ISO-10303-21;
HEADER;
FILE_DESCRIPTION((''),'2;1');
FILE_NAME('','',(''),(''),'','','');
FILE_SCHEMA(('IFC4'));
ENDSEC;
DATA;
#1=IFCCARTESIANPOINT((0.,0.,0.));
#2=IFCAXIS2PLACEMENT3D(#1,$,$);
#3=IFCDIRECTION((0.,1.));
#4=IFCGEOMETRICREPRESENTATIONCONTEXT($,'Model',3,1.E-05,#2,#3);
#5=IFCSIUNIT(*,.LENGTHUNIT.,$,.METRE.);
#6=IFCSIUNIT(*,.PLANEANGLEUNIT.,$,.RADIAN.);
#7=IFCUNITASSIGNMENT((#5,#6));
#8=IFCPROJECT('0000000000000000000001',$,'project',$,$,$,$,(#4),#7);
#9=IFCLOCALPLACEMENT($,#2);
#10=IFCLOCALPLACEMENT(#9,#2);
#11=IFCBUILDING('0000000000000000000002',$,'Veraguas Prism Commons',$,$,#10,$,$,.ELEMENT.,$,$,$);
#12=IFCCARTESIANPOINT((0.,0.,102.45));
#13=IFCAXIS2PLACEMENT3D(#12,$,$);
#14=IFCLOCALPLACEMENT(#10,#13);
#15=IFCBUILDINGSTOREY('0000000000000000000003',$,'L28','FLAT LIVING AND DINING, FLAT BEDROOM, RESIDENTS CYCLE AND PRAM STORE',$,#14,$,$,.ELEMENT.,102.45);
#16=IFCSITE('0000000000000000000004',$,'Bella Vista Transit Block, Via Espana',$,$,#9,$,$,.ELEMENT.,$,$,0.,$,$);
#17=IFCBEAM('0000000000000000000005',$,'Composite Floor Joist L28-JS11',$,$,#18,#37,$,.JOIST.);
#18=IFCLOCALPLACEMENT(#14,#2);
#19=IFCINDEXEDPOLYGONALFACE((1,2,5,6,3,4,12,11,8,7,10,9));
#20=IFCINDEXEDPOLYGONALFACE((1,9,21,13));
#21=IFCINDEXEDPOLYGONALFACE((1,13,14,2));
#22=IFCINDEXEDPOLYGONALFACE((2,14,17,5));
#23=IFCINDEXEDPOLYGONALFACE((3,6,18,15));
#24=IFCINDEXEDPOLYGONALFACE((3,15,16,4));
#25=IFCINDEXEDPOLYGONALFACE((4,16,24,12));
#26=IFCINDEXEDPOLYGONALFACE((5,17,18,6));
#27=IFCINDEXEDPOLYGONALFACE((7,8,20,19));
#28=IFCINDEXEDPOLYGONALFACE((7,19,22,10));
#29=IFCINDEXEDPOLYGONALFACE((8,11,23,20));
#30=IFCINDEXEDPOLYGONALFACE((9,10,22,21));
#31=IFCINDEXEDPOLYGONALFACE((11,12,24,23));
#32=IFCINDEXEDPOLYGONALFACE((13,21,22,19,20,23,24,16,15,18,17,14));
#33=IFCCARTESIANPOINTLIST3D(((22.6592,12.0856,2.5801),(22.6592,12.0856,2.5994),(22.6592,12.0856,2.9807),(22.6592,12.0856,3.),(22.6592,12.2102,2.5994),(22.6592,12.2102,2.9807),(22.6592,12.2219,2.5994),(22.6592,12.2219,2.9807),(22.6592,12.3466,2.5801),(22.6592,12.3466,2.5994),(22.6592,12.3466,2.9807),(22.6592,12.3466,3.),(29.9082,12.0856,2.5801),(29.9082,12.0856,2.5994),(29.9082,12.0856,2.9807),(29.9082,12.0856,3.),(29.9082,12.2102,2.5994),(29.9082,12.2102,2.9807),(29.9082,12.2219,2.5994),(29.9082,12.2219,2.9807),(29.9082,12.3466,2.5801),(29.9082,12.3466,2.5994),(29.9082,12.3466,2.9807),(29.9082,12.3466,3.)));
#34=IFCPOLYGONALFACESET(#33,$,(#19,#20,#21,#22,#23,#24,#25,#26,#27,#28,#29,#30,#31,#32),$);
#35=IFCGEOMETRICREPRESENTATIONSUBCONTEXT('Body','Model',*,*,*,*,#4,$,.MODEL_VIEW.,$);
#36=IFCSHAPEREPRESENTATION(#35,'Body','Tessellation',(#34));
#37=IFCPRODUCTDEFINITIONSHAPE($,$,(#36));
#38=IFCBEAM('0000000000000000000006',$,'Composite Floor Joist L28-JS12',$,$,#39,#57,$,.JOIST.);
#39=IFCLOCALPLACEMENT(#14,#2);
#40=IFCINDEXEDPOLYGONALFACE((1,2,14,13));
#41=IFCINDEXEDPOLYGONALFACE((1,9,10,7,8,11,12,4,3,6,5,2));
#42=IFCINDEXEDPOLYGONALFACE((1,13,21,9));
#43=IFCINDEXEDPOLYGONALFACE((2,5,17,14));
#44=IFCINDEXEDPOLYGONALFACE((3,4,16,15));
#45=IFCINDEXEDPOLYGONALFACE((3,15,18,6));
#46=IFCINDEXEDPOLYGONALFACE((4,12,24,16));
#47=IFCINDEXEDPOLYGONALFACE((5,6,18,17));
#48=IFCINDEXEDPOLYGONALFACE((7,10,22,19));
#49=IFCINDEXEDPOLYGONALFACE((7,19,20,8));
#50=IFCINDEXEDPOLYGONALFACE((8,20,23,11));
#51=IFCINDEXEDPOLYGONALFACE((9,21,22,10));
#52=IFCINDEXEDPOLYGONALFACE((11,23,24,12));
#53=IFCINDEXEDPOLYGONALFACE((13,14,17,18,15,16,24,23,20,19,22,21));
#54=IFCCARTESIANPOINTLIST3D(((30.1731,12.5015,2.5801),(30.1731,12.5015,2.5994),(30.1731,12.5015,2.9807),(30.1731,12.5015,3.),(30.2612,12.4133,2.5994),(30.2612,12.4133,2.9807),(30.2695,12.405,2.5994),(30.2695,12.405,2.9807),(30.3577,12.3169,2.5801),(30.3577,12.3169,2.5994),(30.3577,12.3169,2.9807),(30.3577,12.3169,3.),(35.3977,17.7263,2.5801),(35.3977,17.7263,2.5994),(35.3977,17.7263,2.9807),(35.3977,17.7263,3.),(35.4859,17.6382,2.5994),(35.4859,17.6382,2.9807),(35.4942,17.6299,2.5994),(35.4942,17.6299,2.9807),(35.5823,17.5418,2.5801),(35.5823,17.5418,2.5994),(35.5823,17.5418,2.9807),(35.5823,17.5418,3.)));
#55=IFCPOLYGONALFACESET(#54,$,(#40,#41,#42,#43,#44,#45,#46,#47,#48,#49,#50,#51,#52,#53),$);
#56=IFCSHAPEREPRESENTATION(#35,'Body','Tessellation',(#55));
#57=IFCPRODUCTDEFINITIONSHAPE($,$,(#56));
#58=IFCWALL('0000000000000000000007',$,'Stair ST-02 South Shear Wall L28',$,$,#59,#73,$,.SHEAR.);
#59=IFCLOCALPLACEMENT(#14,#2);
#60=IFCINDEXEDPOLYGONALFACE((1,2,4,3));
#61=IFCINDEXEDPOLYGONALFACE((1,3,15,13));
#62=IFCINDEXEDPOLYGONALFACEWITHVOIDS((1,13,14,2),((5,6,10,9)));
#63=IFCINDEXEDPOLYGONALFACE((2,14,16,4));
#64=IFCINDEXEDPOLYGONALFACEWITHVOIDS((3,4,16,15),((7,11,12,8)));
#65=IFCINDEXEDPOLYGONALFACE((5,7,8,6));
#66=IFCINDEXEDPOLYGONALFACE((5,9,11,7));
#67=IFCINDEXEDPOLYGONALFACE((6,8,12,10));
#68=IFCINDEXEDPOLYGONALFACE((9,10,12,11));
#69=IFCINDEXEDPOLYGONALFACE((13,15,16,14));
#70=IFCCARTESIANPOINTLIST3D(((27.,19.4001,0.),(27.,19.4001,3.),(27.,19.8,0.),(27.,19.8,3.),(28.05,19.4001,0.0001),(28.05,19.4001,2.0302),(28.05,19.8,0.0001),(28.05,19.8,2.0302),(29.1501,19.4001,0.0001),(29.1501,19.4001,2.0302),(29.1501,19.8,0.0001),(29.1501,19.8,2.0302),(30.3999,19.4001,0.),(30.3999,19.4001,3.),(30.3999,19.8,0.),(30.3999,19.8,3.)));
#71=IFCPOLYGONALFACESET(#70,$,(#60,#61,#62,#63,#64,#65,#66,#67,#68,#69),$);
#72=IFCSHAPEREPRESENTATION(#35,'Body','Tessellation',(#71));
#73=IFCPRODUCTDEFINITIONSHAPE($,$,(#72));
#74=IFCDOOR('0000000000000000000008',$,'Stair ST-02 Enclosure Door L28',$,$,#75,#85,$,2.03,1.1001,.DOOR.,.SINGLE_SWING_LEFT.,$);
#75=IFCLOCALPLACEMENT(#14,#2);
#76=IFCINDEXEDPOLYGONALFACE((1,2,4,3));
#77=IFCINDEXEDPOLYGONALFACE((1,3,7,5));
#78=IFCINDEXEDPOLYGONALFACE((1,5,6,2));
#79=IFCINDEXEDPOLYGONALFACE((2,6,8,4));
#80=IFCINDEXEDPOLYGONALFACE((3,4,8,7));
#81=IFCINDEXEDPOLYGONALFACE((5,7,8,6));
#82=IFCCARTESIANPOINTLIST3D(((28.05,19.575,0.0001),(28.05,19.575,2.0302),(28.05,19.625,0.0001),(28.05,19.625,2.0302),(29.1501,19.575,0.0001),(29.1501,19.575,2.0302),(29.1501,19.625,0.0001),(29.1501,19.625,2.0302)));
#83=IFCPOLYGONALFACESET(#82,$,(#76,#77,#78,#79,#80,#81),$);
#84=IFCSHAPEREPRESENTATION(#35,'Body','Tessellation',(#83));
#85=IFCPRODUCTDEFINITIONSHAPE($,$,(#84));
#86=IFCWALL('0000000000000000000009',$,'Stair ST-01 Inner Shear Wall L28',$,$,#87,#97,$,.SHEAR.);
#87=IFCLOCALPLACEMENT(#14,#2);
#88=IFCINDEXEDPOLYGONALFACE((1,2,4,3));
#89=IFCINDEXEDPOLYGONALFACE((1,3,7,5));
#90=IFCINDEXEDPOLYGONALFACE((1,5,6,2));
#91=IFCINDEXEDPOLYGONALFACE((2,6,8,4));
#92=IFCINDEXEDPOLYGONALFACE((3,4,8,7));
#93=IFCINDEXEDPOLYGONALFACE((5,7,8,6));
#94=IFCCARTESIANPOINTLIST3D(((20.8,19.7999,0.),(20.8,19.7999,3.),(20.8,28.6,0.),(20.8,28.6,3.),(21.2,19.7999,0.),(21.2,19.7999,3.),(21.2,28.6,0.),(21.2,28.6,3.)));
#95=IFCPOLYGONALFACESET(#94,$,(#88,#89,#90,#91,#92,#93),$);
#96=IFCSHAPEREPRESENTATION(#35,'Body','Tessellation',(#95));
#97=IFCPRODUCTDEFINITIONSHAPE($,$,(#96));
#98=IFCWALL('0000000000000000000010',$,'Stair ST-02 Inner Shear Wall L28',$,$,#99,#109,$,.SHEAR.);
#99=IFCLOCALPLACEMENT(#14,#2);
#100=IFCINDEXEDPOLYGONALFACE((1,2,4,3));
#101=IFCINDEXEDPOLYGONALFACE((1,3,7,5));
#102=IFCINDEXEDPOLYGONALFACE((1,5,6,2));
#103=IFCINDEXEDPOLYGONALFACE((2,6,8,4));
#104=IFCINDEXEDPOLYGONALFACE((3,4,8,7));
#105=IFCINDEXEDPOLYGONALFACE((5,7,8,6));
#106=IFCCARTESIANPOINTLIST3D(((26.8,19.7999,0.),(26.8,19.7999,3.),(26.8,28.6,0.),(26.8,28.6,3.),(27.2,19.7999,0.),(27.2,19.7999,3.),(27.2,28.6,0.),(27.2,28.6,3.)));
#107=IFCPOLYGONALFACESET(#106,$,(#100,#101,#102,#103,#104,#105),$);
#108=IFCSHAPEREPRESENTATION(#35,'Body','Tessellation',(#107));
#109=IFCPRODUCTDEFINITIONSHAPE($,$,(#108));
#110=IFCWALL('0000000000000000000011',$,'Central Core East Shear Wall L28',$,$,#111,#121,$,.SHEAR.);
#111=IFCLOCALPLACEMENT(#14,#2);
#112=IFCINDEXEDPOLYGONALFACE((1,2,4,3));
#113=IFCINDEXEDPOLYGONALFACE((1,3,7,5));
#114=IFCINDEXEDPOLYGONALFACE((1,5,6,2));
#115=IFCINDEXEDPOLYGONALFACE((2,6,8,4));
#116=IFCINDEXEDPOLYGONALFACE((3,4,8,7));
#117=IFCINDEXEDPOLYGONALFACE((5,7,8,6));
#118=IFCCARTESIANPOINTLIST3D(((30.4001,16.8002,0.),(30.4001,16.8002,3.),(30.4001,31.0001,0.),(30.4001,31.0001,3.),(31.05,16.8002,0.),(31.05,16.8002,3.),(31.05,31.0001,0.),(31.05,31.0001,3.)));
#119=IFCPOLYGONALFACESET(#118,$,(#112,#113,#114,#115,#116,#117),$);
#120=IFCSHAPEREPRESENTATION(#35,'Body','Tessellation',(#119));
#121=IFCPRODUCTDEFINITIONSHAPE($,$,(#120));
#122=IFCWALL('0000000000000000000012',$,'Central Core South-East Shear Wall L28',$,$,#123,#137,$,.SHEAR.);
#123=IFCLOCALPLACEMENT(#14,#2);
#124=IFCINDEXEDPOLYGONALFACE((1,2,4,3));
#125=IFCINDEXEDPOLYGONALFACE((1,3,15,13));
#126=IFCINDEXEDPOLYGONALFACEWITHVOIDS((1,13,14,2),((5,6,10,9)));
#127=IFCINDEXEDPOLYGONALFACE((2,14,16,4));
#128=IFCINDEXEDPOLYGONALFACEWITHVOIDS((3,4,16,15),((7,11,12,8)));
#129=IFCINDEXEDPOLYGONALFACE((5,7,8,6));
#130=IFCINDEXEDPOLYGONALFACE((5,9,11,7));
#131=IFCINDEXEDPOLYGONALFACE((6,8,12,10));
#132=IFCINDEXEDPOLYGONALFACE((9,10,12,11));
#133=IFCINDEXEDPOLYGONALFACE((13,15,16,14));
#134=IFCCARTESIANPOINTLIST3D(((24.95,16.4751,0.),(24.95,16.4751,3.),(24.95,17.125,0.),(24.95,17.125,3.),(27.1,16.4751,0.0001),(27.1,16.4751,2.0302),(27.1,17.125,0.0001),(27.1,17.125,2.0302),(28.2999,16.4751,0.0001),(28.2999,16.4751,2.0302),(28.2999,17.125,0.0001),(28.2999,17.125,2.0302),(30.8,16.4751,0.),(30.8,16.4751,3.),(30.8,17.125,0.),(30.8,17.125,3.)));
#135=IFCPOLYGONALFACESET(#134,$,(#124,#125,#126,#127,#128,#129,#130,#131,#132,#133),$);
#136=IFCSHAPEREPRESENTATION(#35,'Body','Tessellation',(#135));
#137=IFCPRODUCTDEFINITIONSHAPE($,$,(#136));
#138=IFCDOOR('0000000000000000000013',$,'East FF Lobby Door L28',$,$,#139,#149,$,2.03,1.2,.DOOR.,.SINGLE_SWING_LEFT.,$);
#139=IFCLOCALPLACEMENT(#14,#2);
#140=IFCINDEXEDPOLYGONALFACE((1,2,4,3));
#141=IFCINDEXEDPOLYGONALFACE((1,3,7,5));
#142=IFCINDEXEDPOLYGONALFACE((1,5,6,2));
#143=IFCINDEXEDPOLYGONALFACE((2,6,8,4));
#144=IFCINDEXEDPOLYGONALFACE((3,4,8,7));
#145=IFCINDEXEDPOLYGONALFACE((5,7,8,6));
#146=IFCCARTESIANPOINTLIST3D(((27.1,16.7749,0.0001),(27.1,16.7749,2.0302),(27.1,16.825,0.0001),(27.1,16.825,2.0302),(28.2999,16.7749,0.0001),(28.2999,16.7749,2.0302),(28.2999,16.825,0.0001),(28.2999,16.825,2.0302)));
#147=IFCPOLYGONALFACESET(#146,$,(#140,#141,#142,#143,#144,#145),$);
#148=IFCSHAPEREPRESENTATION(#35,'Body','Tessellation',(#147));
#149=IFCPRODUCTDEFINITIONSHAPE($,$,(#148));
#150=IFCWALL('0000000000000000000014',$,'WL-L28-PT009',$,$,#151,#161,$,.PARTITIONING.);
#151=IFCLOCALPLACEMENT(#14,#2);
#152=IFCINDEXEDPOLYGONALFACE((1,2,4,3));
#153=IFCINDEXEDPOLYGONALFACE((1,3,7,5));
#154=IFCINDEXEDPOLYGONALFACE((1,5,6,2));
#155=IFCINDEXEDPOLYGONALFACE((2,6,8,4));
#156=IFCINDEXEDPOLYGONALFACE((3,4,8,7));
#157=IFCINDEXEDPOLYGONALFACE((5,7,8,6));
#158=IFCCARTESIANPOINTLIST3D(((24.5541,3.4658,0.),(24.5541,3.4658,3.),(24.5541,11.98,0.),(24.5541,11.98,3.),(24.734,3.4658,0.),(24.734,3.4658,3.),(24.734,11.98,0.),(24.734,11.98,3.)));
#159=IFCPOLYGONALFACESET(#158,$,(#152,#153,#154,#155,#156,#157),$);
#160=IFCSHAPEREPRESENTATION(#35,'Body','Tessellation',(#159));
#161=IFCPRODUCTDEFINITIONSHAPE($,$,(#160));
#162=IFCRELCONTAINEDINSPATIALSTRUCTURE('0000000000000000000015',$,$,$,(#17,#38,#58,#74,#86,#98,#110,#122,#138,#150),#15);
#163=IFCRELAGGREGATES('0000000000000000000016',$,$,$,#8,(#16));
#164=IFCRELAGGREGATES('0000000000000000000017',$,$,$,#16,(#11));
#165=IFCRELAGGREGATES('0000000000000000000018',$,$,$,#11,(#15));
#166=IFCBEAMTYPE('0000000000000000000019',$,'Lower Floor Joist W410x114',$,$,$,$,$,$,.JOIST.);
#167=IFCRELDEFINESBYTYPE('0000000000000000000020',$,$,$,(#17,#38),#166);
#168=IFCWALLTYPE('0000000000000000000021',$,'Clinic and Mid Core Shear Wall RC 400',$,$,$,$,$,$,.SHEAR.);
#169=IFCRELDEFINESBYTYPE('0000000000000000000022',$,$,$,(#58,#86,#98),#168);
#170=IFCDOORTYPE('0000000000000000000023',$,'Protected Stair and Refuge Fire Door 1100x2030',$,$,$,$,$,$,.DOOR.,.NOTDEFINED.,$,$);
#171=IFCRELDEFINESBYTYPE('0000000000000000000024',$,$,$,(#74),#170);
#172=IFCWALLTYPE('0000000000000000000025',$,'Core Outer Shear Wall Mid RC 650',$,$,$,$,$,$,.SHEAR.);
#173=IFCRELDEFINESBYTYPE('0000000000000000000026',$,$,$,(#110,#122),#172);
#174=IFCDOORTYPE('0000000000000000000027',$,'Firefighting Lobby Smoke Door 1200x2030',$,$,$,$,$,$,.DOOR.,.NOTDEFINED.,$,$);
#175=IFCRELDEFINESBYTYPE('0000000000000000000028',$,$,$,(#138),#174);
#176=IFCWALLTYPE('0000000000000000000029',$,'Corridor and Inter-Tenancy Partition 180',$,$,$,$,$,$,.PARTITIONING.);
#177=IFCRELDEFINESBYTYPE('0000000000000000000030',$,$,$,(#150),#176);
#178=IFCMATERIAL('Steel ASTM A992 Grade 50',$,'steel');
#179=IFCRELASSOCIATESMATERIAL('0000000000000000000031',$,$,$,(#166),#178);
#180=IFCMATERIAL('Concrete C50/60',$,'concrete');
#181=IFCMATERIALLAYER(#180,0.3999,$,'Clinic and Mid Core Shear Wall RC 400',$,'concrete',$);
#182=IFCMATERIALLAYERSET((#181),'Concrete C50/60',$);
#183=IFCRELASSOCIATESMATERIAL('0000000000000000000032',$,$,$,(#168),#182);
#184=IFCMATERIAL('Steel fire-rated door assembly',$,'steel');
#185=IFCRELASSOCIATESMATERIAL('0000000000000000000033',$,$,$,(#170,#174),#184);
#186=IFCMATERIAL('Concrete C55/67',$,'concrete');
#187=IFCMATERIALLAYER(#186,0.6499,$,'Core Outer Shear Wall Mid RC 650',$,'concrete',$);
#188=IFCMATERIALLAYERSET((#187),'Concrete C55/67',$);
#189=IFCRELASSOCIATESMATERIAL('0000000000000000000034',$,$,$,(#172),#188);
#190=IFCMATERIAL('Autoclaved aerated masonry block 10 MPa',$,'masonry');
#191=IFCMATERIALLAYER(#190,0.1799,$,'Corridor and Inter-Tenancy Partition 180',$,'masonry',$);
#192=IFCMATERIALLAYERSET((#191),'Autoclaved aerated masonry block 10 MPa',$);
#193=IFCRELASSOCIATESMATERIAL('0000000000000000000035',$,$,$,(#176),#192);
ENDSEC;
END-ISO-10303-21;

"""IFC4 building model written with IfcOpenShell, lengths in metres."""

from ifc_helpers import new_model, si_unit, direction, frame, frame_2d, origin, origin_2d, place, context, subcontext, project, spatial, rectangle, i_section, extrude, source, transform, mapped, material, layer, layer_set, material_profile, profile_set, type_object, element, fill, save


model = new_model("IFC4")

# Units and contexts
model_context = context("Model", 3, precision=1e-05, world=origin(), true_north=direction((0.0, 1.0)))
body_context = subcontext(model_context, "Body", "Model", "MODEL_VIEW")
ifc_project = project(units=[si_unit("LENGTHUNIT", "METRE"), si_unit("PLANEANGLEUNIT", "RADIAN")], contexts=[model_context])

# Site, building, storey
site_placement = place(None, origin())
site = spatial("IfcSite", under=ifc_project, at=site_placement, Name="Bella Vista Transit Block, Via Espana", CompositionType="ELEMENT", RefElevation=0.0)
building_placement = place(site_placement, origin())
building = spatial("IfcBuilding", under=site, at=building_placement, Name="Veraguas Prism Commons", CompositionType="ELEMENT")
storey_placement = place(building_placement, frame((0.0, 0.0, 102.45)))
storey = spatial("IfcBuildingStorey", under=building, at=storey_placement, Name="L28", Description="FLAT LIVING AND DINING, FLAT BEDROOM, RESIDENTS CYCLE AND PRAM STORE", CompositionType="ELEMENT", Elevation=102.45)

# Beams
ifc_material_1 = material(Name="Steel ASTM A992 Grade 50", Category="steel")
ifc_material_profile = material_profile(ifc_material_1, i_section(OverallWidth=0.261, OverallDepth=0.4199, WebThickness=0.0117, FlangeThickness=0.0193, at=origin_2d()), Name="W410X114")
ifc_profile_set = profile_set([ifc_material_profile], Name="Steel ASTM A992 Grade 50")
beam_type = type_object("IfcBeamType", Name="Lower Floor Joist W410x114", PredefinedType="JOIST", material=ifc_profile_set)
beam_1_placement = place(storey_placement, frame((22.6592, 12.2161, 2.79), z_axis=(1.0, 0.0, 0.0), x_axis=(0.0, 1.0, 0.0)))
element("IfcBeam", 1, at=beam_1_placement, inside=storey, type_object=beam_type, Name="Composite Floor Joist L28-JS11", PredefinedType="JOIST", context=body_context, shape_type="SweptSolid", body=[
    extrude(i_section(OverallWidth=0.261, OverallDepth=0.4199, WebThickness=0.0117, FlangeThickness=0.0193, at=origin_2d()), origin(), (0.0, 0.0, 1.0), 7.249),
])
beam_2_placement = place(storey_placement, frame((30.2654, 12.4092, 2.79), z_axis=(0.70709, 0.707123, 0.0), x_axis=(-0.707123, 0.70709, 0.0)))
element("IfcBeam", 2, at=beam_2_placement, inside=storey, type_object=beam_type, Name="Composite Floor Joist L28-JS12", PredefinedType="JOIST", context=body_context, shape_type="SweptSolid", body=[
    extrude(i_section(OverallWidth=0.261, OverallDepth=0.4199, WebThickness=0.0117, FlangeThickness=0.0193, at=origin_2d()), origin(), (0.0, 0.0, 1.0), 7.3889),
])

# Wall, opening, door
ifc_material_2 = material(Name="Concrete C50/60", Category="concrete")
ifc_layer_1 = layer(ifc_material_2, 0.3999, Name="Clinic and Mid Core Shear Wall RC 400", Category="concrete")
ifc_layer_set_1 = layer_set([ifc_layer_1], Name="Concrete C50/60")
wall_type_1 = type_object("IfcWallType", Name="Clinic and Mid Core Shear Wall RC 400", PredefinedType="SHEAR", material=ifc_layer_set_1)
wall_1_placement = place(storey_placement, frame((27.0, 19.6001, 0.0), z_axis=(0.0, 0.0, 1.0), x_axis=(1.0, 0.0, 0.0)))
wall_1 = element("IfcWall", 3, at=wall_1_placement, inside=storey, type_object=wall_type_1, Name="Stair ST-02 South Shear Wall L28", PredefinedType="SHEAR", context=body_context, shape_type="SweptSolid", body=[
    extrude(rectangle(XDim=3.3999, YDim=0.3999, at=frame_2d((1.7, 0.0))), origin(), (0.0, 0.0, 1.0), 3.0),
])
opening_1_placement = place(wall_1_placement, frame((1.05, 0.0, 0.0)))
opening_1 = element("IfcOpeningElement", 4, at=opening_1_placement, cuts=wall_1, PredefinedType="OPENING", context=body_context, shape_type="SweptSolid", body=[
    extrude(rectangle(XDim=1.1001, YDim=2.03, at=frame_2d((0.55, 1.0151))), frame((0.0, 0.21, 0.0), z_axis=(0.0, -1.0, 0.0), x_axis=(1.0, 0.0, 0.0)), (0.0, 0.0, 1.0), 0.4199),
])
ifc_material_3 = material(Name="Steel fire-rated door assembly", Category="steel")
door_type_1 = type_object("IfcDoorType", Name="Protected Stair and Refuge Fire Door 1100x2030", OperationType="NOTDEFINED", PredefinedType="DOOR", material=ifc_material_3)
shared_shape_1 = source(origin(), body_context, "Body", "SweptSolid", [
    extrude(rectangle(XDim=1.1001, YDim=2.03, at=frame_2d((0.55, 1.0151))), frame((0.0, 0.0249, 0.0), z_axis=(0.0, -1.0, 0.0), x_axis=(1.0, 0.0, 0.0)), (0.0, 0.0, 1.0), 0.05),
])
door_1_placement = place(opening_1_placement, origin())
door_1 = element("IfcDoor", 5, at=door_1_placement, inside=storey, type_object=door_type_1, Name="Stair ST-02 Enclosure Door L28", OperationType="SINGLE_SWING_LEFT", OverallHeight=2.03, OverallWidth=1.1001, PredefinedType="DOOR", context=body_context, shape_type="MappedRepresentation", body=[
    mapped(shared_shape_1, transform((0.0, 0.0, 0.0), scale=1.0)),
])
fill(opening_1, door_1)

# Walls
for number, where, z_axis, x_axis, name in (
    (6, (21.0, 19.8, 0.0), (0.0, 0.0, 1.0), (0.0, 1.0, 0.0), "Stair ST-01 Inner Shear Wall L28"),
    (7, (27.0, 19.8, 0.0), (0.0, 0.0, 1.0), (0.0, 1.0, 0.0), "Stair ST-02 Inner Shear Wall L28"),
):
    element("IfcWall", number, at=place(storey_placement, frame(where, z_axis=z_axis, x_axis=x_axis)), inside=storey, type_object=wall_type_1, Name=name, PredefinedType="SHEAR", context=body_context, shape_type="SweptSolid", body=[
        extrude(rectangle(XDim=8.8, YDim=0.3999, at=frame_2d((4.3999, 0.0))), origin(), (0.0, 0.0, 1.0), 3.0),
    ])
ifc_material_4 = material(Name="Concrete C55/67", Category="concrete")
ifc_layer_2 = layer(ifc_material_4, 0.6499, Name="Core Outer Shear Wall Mid RC 650", Category="concrete")
ifc_layer_set_2 = layer_set([ifc_layer_2], Name="Concrete C55/67")
wall_type_2 = type_object("IfcWallType", Name="Core Outer Shear Wall Mid RC 650", PredefinedType="SHEAR", material=ifc_layer_set_2)
wall_2_placement = place(storey_placement, frame((30.7251, 16.8, 0.0), z_axis=(0.0, 0.0, 1.0), x_axis=(0.0, 1.0, 0.0)))
element("IfcWall", 8, at=wall_2_placement, inside=storey, type_object=wall_type_2, Name="Central Core East Shear Wall L28", PredefinedType="SHEAR", context=body_context, shape_type="SweptSolid", body=[
    extrude(rectangle(XDim=14.2, YDim=0.6499, at=frame_2d((7.1001, 0.0))), origin(), (0.0, 0.0, 1.0), 3.0),
])

# Wall, opening, door
wall_3_placement = place(storey_placement, frame((24.95, 16.8, 0.0), z_axis=(0.0, 0.0, 1.0), x_axis=(1.0, 0.0, 0.0)))
wall_3 = element("IfcWall", 9, at=wall_3_placement, inside=storey, type_object=wall_type_2, Name="Central Core South-East Shear Wall L28", PredefinedType="SHEAR", context=body_context, shape_type="SweptSolid", body=[
    extrude(rectangle(XDim=5.8501, YDim=0.6499, at=frame_2d((2.925, 0.0))), origin(), (0.0, 0.0, 1.0), 3.0),
])
opening_2_placement = place(wall_3_placement, frame((2.1499, 0.0, 0.0)))
opening_2 = element("IfcOpeningElement", 10, at=opening_2_placement, cuts=wall_3, PredefinedType="OPENING", context=body_context, shape_type="SweptSolid", body=[
    extrude(rectangle(XDim=1.2, YDim=2.03, at=frame_2d((0.6001, 1.0151))), frame((0.0, 0.335, 0.0), z_axis=(0.0, -1.0, 0.0), x_axis=(1.0, 0.0, 0.0)), (0.0, 0.0, 1.0), 0.6699),
])
door_type_2 = type_object("IfcDoorType", Name="Firefighting Lobby Smoke Door 1200x2030", OperationType="NOTDEFINED", PredefinedType="DOOR", material=ifc_material_3)
shared_shape_2 = source(origin(), body_context, "Body", "SweptSolid", [
    extrude(rectangle(XDim=1.2, YDim=2.03, at=frame_2d((0.6001, 1.0151))), frame((0.0, 0.0249, 0.0), z_axis=(0.0, -1.0, 0.0), x_axis=(1.0, 0.0, 0.0)), (0.0, 0.0, 1.0), 0.05),
])
door_2_placement = place(opening_2_placement, origin())
door_2 = element("IfcDoor", 11, at=door_2_placement, inside=storey, type_object=door_type_2, Name="East FF Lobby Door L28", OperationType="SINGLE_SWING_LEFT", OverallHeight=2.03, OverallWidth=1.2, PredefinedType="DOOR", context=body_context, shape_type="MappedRepresentation", body=[
    mapped(shared_shape_2, transform((0.0, 0.0, 0.0), scale=1.0)),
])
fill(opening_2, door_2)

# Wall
ifc_material_5 = material(Name="Autoclaved aerated masonry block 10 MPa", Category="masonry")
ifc_layer_3 = layer(ifc_material_5, 0.1799, Name="Corridor and Inter-Tenancy Partition 180", Category="masonry")
ifc_layer_set_3 = layer_set([ifc_layer_3], Name="Autoclaved aerated masonry block 10 MPa")
wall_type_3 = type_object("IfcWallType", Name="Corridor and Inter-Tenancy Partition 180", PredefinedType="PARTITIONING", material=ifc_layer_set_3)
wall_4_placement = place(storey_placement, frame((24.644, 11.98, 0.0), z_axis=(0.0, 0.0, 1.0), x_axis=(0.0, -1.0, 0.0)))
element("IfcWall", 12, at=wall_4_placement, inside=storey, type_object=wall_type_3, Name="WL-L28-PT009", PredefinedType="PARTITIONING", context=body_context, shape_type="SweptSolid", body=[
    extrude(rectangle(XDim=8.5142, YDim=0.1799, at=frame_2d((4.2571, 0.0))), origin(), (0.0, 0.0, 1.0), 3.0),
])

save(model, "model.ifc")
